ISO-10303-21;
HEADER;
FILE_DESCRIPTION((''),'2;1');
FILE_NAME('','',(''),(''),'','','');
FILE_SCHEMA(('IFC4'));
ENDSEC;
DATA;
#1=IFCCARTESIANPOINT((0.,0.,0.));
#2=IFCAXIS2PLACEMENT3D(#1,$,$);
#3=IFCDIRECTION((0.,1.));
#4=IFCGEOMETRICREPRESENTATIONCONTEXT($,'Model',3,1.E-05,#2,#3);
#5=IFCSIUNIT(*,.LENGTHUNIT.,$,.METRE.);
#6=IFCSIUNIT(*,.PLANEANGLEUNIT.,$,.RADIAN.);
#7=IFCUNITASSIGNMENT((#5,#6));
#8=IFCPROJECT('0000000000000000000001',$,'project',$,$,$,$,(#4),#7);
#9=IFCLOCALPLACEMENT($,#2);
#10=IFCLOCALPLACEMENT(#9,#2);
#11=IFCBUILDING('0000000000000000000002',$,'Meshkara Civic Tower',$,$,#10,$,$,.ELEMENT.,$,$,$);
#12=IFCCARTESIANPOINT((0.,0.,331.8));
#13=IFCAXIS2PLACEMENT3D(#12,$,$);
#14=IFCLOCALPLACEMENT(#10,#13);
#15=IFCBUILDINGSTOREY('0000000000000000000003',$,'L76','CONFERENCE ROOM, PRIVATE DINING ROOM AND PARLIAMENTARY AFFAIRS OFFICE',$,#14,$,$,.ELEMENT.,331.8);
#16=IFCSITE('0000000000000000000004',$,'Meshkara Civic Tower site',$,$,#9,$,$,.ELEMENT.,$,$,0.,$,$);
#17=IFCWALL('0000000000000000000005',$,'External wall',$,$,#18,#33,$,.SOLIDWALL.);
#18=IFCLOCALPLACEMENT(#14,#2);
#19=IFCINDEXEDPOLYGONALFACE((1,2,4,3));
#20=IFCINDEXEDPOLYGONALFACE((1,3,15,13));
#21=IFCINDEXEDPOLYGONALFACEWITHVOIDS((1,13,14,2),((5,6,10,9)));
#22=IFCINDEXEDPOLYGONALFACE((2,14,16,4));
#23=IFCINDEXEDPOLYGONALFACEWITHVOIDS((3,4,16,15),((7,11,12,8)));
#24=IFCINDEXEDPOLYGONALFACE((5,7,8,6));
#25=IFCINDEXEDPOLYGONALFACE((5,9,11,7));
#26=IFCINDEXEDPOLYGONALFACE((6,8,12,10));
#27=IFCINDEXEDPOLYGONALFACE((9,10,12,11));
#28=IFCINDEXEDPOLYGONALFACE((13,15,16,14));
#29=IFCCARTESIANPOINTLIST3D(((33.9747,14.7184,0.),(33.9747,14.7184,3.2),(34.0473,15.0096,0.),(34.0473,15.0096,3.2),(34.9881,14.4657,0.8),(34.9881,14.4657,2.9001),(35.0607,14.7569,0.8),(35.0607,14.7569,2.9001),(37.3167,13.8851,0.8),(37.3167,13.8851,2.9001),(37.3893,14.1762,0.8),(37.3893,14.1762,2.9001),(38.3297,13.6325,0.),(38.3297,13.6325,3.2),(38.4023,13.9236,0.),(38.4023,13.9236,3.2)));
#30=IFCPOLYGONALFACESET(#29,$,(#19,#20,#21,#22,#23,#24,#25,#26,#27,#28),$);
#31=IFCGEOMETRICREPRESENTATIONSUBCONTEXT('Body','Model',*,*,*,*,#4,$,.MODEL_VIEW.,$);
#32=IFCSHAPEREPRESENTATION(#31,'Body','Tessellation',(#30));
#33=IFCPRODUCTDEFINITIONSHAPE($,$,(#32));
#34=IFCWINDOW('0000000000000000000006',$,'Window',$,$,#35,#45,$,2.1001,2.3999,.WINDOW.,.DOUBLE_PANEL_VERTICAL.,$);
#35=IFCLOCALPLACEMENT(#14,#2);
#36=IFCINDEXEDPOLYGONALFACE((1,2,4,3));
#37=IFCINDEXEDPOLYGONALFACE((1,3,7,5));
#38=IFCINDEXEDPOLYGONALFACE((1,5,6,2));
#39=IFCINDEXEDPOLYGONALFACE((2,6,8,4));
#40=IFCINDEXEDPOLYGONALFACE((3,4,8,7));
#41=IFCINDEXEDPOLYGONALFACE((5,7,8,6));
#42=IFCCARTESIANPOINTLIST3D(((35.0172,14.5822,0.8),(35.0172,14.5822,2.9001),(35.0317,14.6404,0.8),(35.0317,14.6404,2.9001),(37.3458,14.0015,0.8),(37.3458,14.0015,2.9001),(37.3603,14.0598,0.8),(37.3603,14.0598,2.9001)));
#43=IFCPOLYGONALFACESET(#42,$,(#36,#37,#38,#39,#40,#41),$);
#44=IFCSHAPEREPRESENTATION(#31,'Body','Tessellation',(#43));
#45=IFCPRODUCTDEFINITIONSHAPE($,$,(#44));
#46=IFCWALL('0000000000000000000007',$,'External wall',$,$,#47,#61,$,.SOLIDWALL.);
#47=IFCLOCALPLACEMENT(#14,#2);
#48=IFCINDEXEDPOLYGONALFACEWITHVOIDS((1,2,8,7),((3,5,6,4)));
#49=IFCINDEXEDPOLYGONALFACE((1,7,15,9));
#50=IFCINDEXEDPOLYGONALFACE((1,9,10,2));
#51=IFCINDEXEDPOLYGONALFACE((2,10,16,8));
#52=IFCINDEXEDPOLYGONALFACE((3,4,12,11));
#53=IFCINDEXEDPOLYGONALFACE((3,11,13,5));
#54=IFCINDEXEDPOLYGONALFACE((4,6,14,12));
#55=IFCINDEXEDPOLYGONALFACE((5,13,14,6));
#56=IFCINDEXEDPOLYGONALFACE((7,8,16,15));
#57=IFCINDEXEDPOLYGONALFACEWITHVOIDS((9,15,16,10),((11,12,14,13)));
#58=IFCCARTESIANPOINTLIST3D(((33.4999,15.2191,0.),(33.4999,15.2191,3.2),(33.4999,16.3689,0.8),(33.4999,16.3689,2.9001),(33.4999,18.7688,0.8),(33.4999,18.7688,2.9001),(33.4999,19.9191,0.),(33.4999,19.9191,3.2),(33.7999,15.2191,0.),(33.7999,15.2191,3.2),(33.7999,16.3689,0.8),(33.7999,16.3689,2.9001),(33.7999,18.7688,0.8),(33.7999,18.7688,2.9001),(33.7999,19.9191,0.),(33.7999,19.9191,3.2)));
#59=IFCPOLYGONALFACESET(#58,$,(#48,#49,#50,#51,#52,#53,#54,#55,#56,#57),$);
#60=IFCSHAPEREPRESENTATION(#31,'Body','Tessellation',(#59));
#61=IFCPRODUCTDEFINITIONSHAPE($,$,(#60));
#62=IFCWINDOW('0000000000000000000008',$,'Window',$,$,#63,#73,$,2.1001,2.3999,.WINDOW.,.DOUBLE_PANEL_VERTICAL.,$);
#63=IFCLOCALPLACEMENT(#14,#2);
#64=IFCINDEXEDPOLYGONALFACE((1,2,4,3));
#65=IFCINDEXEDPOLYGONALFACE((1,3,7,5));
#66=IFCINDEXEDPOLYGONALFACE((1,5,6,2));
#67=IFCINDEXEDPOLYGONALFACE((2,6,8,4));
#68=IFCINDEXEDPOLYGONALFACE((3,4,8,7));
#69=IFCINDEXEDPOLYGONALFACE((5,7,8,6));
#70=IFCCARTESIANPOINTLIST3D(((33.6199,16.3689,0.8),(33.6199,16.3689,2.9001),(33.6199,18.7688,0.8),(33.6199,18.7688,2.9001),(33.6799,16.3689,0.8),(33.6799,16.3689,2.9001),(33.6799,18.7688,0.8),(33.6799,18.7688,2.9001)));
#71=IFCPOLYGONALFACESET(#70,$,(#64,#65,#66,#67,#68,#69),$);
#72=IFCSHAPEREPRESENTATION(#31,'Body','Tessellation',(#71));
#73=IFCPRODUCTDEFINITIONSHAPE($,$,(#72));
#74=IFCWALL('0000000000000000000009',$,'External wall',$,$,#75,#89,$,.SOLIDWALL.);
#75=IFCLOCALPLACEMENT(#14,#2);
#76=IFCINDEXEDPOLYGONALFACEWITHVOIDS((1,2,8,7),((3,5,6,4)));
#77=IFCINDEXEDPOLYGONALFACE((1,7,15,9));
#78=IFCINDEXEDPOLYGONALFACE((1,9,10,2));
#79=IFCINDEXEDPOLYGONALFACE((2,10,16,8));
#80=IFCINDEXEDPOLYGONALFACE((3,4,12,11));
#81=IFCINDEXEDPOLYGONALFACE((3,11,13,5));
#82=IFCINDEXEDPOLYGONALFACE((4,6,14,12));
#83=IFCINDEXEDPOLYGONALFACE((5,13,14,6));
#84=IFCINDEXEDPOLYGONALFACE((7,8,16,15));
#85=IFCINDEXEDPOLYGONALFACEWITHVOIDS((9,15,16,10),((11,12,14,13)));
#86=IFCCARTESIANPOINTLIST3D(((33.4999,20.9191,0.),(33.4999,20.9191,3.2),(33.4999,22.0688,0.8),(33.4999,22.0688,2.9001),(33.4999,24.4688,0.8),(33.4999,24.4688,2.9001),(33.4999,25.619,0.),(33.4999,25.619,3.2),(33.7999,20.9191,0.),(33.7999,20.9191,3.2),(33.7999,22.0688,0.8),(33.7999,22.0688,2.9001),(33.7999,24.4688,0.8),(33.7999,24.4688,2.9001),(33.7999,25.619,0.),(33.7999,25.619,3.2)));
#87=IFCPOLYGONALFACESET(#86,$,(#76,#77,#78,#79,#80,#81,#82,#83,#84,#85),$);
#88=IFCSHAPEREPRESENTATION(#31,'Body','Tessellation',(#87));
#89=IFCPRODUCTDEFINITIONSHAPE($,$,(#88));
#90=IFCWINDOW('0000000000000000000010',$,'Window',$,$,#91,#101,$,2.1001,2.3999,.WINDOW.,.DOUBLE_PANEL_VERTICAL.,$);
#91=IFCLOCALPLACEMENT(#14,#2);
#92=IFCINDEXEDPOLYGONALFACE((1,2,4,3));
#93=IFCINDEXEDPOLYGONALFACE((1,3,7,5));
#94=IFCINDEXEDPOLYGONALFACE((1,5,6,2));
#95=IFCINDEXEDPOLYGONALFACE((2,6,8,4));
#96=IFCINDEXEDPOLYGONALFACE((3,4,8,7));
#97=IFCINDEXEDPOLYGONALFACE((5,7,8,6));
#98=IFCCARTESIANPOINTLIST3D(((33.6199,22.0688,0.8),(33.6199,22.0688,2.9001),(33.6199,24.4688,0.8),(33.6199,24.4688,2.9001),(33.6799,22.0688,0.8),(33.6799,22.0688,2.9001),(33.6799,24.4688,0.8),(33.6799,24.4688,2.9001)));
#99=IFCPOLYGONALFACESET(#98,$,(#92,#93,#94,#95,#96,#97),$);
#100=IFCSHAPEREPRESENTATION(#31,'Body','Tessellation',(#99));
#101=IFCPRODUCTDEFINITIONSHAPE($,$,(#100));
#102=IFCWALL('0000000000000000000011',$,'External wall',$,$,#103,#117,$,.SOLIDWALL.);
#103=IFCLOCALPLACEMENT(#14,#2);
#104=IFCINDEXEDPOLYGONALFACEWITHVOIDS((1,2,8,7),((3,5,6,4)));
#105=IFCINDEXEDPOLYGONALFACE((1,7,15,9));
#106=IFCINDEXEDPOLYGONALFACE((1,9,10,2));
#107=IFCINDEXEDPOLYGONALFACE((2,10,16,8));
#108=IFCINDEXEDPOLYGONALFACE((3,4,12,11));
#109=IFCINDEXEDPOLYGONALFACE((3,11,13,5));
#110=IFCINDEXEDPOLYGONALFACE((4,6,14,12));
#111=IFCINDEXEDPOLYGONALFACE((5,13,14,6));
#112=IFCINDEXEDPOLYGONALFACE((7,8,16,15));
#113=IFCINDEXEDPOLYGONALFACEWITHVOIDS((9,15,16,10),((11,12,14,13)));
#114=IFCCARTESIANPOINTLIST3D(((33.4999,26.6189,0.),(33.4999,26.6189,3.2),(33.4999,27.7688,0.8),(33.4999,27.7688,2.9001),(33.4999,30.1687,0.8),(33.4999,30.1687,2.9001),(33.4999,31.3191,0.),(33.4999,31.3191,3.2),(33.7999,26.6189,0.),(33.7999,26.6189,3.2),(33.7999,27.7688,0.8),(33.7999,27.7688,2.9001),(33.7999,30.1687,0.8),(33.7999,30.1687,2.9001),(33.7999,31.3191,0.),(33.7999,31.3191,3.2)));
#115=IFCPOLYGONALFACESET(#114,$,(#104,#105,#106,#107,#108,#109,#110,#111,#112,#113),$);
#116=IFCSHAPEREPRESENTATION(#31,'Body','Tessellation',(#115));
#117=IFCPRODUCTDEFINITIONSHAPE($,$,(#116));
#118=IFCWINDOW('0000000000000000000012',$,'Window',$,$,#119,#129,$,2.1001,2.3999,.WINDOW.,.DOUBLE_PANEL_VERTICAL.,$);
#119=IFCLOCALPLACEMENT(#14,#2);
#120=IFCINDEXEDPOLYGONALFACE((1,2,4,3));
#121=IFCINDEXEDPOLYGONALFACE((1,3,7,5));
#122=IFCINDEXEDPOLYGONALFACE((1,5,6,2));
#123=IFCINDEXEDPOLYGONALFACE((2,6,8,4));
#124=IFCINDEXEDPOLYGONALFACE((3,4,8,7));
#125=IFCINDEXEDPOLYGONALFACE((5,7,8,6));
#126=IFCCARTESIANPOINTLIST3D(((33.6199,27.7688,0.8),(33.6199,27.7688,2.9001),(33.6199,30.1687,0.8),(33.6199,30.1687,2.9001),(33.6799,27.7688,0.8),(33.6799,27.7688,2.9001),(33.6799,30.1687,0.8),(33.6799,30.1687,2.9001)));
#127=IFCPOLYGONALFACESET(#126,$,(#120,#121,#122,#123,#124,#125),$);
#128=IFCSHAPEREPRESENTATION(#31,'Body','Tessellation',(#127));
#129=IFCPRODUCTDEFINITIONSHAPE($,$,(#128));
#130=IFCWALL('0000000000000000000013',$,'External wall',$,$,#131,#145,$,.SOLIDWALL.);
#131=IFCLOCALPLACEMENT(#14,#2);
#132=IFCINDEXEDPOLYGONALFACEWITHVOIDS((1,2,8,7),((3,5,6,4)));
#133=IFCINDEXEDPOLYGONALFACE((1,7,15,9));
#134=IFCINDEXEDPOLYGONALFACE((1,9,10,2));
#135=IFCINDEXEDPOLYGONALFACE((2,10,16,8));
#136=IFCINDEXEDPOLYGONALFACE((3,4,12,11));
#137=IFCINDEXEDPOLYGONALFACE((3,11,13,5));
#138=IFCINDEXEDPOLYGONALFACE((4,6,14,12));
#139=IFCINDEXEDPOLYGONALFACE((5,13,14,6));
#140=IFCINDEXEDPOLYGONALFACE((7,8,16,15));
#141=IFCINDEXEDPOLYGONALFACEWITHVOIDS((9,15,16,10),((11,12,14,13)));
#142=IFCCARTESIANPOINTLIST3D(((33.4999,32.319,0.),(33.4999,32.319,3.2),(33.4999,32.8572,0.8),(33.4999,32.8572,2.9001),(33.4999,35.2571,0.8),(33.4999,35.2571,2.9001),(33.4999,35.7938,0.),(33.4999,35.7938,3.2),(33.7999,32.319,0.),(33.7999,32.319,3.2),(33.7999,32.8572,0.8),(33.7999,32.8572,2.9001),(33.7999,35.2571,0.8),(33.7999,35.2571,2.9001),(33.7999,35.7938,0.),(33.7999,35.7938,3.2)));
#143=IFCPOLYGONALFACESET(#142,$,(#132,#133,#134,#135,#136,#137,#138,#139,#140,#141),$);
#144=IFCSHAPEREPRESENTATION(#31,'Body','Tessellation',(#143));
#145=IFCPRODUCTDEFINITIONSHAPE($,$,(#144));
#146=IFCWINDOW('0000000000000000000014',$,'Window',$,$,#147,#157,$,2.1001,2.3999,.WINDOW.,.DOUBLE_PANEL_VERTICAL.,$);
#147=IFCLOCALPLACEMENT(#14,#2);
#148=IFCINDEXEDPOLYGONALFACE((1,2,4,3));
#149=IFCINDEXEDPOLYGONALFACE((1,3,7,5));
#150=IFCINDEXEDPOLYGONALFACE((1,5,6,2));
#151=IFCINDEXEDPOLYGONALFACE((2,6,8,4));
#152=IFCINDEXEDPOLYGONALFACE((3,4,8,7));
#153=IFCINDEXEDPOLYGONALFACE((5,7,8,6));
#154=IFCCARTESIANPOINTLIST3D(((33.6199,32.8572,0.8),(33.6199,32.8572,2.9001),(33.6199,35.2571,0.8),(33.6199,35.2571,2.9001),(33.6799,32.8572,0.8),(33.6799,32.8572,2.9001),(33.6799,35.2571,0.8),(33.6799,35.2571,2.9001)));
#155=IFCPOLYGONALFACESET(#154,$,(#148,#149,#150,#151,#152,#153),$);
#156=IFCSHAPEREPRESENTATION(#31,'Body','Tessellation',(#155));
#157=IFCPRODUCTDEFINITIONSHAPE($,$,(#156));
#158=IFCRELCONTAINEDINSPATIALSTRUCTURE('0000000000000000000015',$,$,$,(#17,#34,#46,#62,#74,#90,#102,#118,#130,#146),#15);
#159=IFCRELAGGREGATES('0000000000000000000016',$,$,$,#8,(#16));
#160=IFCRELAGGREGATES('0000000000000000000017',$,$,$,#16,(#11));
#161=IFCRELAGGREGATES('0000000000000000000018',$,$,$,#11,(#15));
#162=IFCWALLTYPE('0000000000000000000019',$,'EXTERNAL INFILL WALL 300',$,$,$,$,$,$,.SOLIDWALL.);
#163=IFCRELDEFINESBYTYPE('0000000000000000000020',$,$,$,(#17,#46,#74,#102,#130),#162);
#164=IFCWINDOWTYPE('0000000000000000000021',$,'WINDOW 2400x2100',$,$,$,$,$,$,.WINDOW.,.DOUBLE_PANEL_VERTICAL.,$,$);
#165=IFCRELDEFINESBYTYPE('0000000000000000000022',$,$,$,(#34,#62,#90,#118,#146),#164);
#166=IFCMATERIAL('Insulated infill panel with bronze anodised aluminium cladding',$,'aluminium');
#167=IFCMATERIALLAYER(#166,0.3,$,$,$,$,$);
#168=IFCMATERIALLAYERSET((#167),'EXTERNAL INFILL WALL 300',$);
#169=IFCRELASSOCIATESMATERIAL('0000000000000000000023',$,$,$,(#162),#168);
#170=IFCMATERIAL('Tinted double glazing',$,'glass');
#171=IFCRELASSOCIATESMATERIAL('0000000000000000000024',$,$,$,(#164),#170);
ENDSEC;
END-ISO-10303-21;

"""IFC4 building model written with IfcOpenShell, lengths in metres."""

from ifc_helpers import new_model, si_unit, direction, frame, frame_2d, origin, place, context, subcontext, project, spatial, rectangle, extrude, material, layer, layer_set, type_object, element, fill, save


model = new_model("IFC4")

# Units and contexts
model_context = context("Model", 3, precision=1e-05, world=origin(), true_north=direction((0.0, 1.0)))
body_context = subcontext(model_context, "Body", "Model", "MODEL_VIEW")
ifc_project = project(units=[si_unit("LENGTHUNIT", "METRE"), si_unit("PLANEANGLEUNIT", "RADIAN")], contexts=[model_context])

# Site, building, storey
site_placement = place(None, origin())
site = spatial("IfcSite", under=ifc_project, at=site_placement, Name="Meshkara Civic Tower site", CompositionType="ELEMENT", RefElevation=0.0)
building_placement = place(site_placement, origin())
building = spatial("IfcBuilding", under=site, at=building_placement, Name="Meshkara Civic Tower", CompositionType="ELEMENT")
storey_placement = place(building_placement, frame((0.0, 0.0, 331.8)))
storey = spatial("IfcBuildingStorey", under=building, at=storey_placement, Name="L76", Description="CONFERENCE ROOM, PRIVATE DINING ROOM AND PARLIAMENTARY AFFAIRS OFFICE", CompositionType="ELEMENT", Elevation=331.8)

# Walls, openings, windows
ifc_material_1 = material(Name="Insulated infill panel with bronze anodised aluminium cladding", Category="aluminium")
ifc_layer_1 = layer(ifc_material_1, 0.3)
ifc_layer_set_1 = layer_set([ifc_layer_1], Name="EXTERNAL INFILL WALL 300")
wall_type_1 = type_object("IfcWallType", Name="EXTERNAL INFILL WALL 300", PredefinedType="SOLIDWALL", material=ifc_layer_set_1)
ifc_material_2 = material(Name="Tinted double glazing", Category="glass")
window_type = type_object("IfcWindowType", Name="WINDOW 2400x2100", PartitioningType="DOUBLE_PANEL_VERTICAL", PredefinedType="WINDOW", material=ifc_material_2)
wall_1_placement = place(storey_placement, frame((38.366, 13.7781, 0.0), z_axis=(0.0, 0.0, 1.0), x_axis=(-0.97029, 0.241947, 0.0)))
wall_1 = element("IfcWall", 1, at=wall_1_placement, inside=storey, type_object=wall_type_1, Name="External wall", PredefinedType="SOLIDWALL", context=body_context, shape_type="SweptSolid", body=[
    extrude(rectangle(XDim=4.4883, YDim=0.3, at=frame_2d((2.2441, 0.0))), origin(), (0.0, 0.0, 1.0), 3.2),
])
opening_1_placement = place(wall_1_placement, frame((1.0439, 0.0, 0.8)))
opening_1 = element("IfcOpeningElement", 2, at=opening_1_placement, cuts=wall_1, PredefinedType="OPENING", context=body_context, shape_type="SweptSolid", body=[
    extrude(rectangle(XDim=2.3999, YDim=2.1001, at=frame_2d((1.2, 1.05))), frame((0.0, 0.1599, 0.0), z_axis=(0.0, -1.0, 0.0), x_axis=(1.0, 0.0, 0.0)), (0.0, 0.0, 1.0), 0.3201),
])
window_1_placement = place(opening_1_placement, origin())
window_1 = element("IfcWindow", 3, at=window_1_placement, inside=storey, type_object=window_type, Name="Window", OverallHeight=2.1001, OverallWidth=2.3999, PartitioningType="DOUBLE_PANEL_VERTICAL", PredefinedType="WINDOW", context=body_context, shape_type="SweptSolid", body=[
    extrude(rectangle(XDim=2.3999, YDim=2.1001, at=frame_2d((1.2, 1.05))), frame((0.0, 0.03, 0.0), z_axis=(0.0, -1.0, 0.0), x_axis=(1.0, 0.0, 0.0)), (0.0, 0.0, 1.0), 0.0601),
])
fill(opening_1, window_1)
wall_2_placement = place(storey_placement, frame((33.6499, 15.219, 0.0), z_axis=(0.0, 0.0, 1.0), x_axis=(0.0, 1.0, 0.0)))
wall_2 = element("IfcWall", 4, at=wall_2_placement, inside=storey, type_object=wall_type_1, Name="External wall", PredefinedType="SOLIDWALL", context=body_context, shape_type="SweptSolid", body=[
    extrude(rectangle(XDim=4.7, YDim=0.3, at=frame_2d((2.3501, 0.0))), origin(), (0.0, 0.0, 1.0), 3.2),
])
opening_2_placement = place(wall_2_placement, frame((1.1499, 0.0, 0.8)))
opening_2 = element("IfcOpeningElement", 5, at=opening_2_placement, cuts=wall_2, PredefinedType="OPENING", context=body_context, shape_type="SweptSolid", body=[
    extrude(rectangle(XDim=2.3999, YDim=2.1001, at=frame_2d((1.2, 1.05))), frame((0.0, 0.1599, 0.0), z_axis=(0.0, -1.0, 0.0), x_axis=(1.0, 0.0, 0.0)), (0.0, 0.0, 1.0), 0.3201),
])
window_2_placement = place(opening_2_placement, origin())
window_2 = element("IfcWindow", 6, at=window_2_placement, inside=storey, type_object=window_type, Name="Window", OverallHeight=2.1001, OverallWidth=2.3999, PartitioningType="DOUBLE_PANEL_VERTICAL", PredefinedType="WINDOW", context=body_context, shape_type="SweptSolid", body=[
    extrude(rectangle(XDim=2.3999, YDim=2.1001, at=frame_2d((1.2, 1.05))), frame((0.0, 0.03, 0.0), z_axis=(0.0, -1.0, 0.0), x_axis=(1.0, 0.0, 0.0)), (0.0, 0.0, 1.0), 0.0601),
])
fill(opening_2, window_2)
wall_3_placement = place(storey_placement, frame((33.6499, 20.9189, 0.0), z_axis=(0.0, 0.0, 1.0), x_axis=(0.0, 1.0, 0.0)))
wall_3 = element("IfcWall", 7, at=wall_3_placement, inside=storey, type_object=wall_type_1, Name="External wall", PredefinedType="SOLIDWALL", context=body_context, shape_type="SweptSolid", body=[
    extrude(rectangle(XDim=4.7, YDim=0.3, at=frame_2d((2.3501, 0.0))), origin(), (0.0, 0.0, 1.0), 3.2),
])
opening_3_placement = place(wall_3_placement, frame((1.1499, 0.0, 0.8)))
opening_3 = element("IfcOpeningElement", 8, at=opening_3_placement, cuts=wall_3, PredefinedType="OPENING", context=body_context, shape_type="SweptSolid", body=[
    extrude(rectangle(XDim=2.3999, YDim=2.1001, at=frame_2d((1.2, 1.05))), frame((0.0, 0.1599, 0.0), z_axis=(0.0, -1.0, 0.0), x_axis=(1.0, 0.0, 0.0)), (0.0, 0.0, 1.0), 0.3201),
])
window_3_placement = place(opening_3_placement, origin())
window_3 = element("IfcWindow", 9, at=window_3_placement, inside=storey, type_object=window_type, Name="Window", OverallHeight=2.1001, OverallWidth=2.3999, PartitioningType="DOUBLE_PANEL_VERTICAL", PredefinedType="WINDOW", context=body_context, shape_type="SweptSolid", body=[
    extrude(rectangle(XDim=2.3999, YDim=2.1001, at=frame_2d((1.2, 1.05))), frame((0.0, 0.03, 0.0), z_axis=(0.0, -1.0, 0.0), x_axis=(1.0, 0.0, 0.0)), (0.0, 0.0, 1.0), 0.0601),
])
fill(opening_3, window_3)
wall_4_placement = place(storey_placement, frame((33.6499, 26.6189, 0.0), z_axis=(0.0, 0.0, 1.0), x_axis=(0.0, 1.0, 0.0)))
wall_4 = element("IfcWall", 10, at=wall_4_placement, inside=storey, type_object=wall_type_1, Name="External wall", PredefinedType="SOLIDWALL", context=body_context, shape_type="SweptSolid", body=[
    extrude(rectangle(XDim=4.7002, YDim=0.3, at=frame_2d((2.3501, 0.0))), origin(), (0.0, 0.0, 1.0), 3.2),
])
opening_4_placement = place(wall_4_placement, frame((1.1499, 0.0, 0.8)))
opening_4 = element("IfcOpeningElement", 11, at=opening_4_placement, cuts=wall_4, PredefinedType="OPENING", context=body_context, shape_type="SweptSolid", body=[
    extrude(rectangle(XDim=2.3999, YDim=2.1001, at=frame_2d((1.2, 1.05))), frame((0.0, 0.1599, 0.0), z_axis=(0.0, -1.0, 0.0), x_axis=(1.0, 0.0, 0.0)), (0.0, 0.0, 1.0), 0.3201),
])
window_4_placement = place(opening_4_placement, origin())
window_4 = element("IfcWindow", 12, at=window_4_placement, inside=storey, type_object=window_type, Name="Window", OverallHeight=2.1001, OverallWidth=2.3999, PartitioningType="DOUBLE_PANEL_VERTICAL", PredefinedType="WINDOW", context=body_context, shape_type="SweptSolid", body=[
    extrude(rectangle(XDim=2.3999, YDim=2.1001, at=frame_2d((1.2, 1.05))), frame((0.0, 0.03, 0.0), z_axis=(0.0, -1.0, 0.0), x_axis=(1.0, 0.0, 0.0)), (0.0, 0.0, 1.0), 0.0601),
])
fill(opening_4, window_4)
wall_5_placement = place(storey_placement, frame((33.6499, 32.3191, 0.0), z_axis=(0.0, 0.0, 1.0), x_axis=(0.0, 1.0, 0.0)))
wall_5 = element("IfcWall", 13, at=wall_5_placement, inside=storey, type_object=wall_type_1, Name="External wall", PredefinedType="SOLIDWALL", context=body_context, shape_type="SweptSolid", body=[
    extrude(rectangle(XDim=3.4749, YDim=0.3, at=frame_2d((1.7373, 0.0))), origin(), (0.0, 0.0, 1.0), 3.2),
])
opening_5_placement = place(wall_5_placement, frame((0.5381, 0.0, 0.8)))
opening_5 = element("IfcOpeningElement", 14, at=opening_5_placement, cuts=wall_5, PredefinedType="OPENING", context=body_context, shape_type="SweptSolid", body=[
    extrude(rectangle(XDim=2.3999, YDim=2.1001, at=frame_2d((1.2, 1.05))), frame((0.0, 0.1599, 0.0), z_axis=(0.0, -1.0, 0.0), x_axis=(1.0, 0.0, 0.0)), (0.0, 0.0, 1.0), 0.3201),
])
window_5_placement = place(opening_5_placement, origin())
window_5 = element("IfcWindow", 15, at=window_5_placement, inside=storey, type_object=window_type, Name="Window", OverallHeight=2.1001, OverallWidth=2.3999, PartitioningType="DOUBLE_PANEL_VERTICAL", PredefinedType="WINDOW", context=body_context, shape_type="SweptSolid", body=[
    extrude(rectangle(XDim=2.3999, YDim=2.1001, at=frame_2d((1.2, 1.05))), frame((0.0, 0.03, 0.0), z_axis=(0.0, -1.0, 0.0), x_axis=(1.0, 0.0, 0.0)), (0.0, 0.0, 1.0), 0.0601),
])
fill(opening_5, window_5)

save(model, "model.ifc")
